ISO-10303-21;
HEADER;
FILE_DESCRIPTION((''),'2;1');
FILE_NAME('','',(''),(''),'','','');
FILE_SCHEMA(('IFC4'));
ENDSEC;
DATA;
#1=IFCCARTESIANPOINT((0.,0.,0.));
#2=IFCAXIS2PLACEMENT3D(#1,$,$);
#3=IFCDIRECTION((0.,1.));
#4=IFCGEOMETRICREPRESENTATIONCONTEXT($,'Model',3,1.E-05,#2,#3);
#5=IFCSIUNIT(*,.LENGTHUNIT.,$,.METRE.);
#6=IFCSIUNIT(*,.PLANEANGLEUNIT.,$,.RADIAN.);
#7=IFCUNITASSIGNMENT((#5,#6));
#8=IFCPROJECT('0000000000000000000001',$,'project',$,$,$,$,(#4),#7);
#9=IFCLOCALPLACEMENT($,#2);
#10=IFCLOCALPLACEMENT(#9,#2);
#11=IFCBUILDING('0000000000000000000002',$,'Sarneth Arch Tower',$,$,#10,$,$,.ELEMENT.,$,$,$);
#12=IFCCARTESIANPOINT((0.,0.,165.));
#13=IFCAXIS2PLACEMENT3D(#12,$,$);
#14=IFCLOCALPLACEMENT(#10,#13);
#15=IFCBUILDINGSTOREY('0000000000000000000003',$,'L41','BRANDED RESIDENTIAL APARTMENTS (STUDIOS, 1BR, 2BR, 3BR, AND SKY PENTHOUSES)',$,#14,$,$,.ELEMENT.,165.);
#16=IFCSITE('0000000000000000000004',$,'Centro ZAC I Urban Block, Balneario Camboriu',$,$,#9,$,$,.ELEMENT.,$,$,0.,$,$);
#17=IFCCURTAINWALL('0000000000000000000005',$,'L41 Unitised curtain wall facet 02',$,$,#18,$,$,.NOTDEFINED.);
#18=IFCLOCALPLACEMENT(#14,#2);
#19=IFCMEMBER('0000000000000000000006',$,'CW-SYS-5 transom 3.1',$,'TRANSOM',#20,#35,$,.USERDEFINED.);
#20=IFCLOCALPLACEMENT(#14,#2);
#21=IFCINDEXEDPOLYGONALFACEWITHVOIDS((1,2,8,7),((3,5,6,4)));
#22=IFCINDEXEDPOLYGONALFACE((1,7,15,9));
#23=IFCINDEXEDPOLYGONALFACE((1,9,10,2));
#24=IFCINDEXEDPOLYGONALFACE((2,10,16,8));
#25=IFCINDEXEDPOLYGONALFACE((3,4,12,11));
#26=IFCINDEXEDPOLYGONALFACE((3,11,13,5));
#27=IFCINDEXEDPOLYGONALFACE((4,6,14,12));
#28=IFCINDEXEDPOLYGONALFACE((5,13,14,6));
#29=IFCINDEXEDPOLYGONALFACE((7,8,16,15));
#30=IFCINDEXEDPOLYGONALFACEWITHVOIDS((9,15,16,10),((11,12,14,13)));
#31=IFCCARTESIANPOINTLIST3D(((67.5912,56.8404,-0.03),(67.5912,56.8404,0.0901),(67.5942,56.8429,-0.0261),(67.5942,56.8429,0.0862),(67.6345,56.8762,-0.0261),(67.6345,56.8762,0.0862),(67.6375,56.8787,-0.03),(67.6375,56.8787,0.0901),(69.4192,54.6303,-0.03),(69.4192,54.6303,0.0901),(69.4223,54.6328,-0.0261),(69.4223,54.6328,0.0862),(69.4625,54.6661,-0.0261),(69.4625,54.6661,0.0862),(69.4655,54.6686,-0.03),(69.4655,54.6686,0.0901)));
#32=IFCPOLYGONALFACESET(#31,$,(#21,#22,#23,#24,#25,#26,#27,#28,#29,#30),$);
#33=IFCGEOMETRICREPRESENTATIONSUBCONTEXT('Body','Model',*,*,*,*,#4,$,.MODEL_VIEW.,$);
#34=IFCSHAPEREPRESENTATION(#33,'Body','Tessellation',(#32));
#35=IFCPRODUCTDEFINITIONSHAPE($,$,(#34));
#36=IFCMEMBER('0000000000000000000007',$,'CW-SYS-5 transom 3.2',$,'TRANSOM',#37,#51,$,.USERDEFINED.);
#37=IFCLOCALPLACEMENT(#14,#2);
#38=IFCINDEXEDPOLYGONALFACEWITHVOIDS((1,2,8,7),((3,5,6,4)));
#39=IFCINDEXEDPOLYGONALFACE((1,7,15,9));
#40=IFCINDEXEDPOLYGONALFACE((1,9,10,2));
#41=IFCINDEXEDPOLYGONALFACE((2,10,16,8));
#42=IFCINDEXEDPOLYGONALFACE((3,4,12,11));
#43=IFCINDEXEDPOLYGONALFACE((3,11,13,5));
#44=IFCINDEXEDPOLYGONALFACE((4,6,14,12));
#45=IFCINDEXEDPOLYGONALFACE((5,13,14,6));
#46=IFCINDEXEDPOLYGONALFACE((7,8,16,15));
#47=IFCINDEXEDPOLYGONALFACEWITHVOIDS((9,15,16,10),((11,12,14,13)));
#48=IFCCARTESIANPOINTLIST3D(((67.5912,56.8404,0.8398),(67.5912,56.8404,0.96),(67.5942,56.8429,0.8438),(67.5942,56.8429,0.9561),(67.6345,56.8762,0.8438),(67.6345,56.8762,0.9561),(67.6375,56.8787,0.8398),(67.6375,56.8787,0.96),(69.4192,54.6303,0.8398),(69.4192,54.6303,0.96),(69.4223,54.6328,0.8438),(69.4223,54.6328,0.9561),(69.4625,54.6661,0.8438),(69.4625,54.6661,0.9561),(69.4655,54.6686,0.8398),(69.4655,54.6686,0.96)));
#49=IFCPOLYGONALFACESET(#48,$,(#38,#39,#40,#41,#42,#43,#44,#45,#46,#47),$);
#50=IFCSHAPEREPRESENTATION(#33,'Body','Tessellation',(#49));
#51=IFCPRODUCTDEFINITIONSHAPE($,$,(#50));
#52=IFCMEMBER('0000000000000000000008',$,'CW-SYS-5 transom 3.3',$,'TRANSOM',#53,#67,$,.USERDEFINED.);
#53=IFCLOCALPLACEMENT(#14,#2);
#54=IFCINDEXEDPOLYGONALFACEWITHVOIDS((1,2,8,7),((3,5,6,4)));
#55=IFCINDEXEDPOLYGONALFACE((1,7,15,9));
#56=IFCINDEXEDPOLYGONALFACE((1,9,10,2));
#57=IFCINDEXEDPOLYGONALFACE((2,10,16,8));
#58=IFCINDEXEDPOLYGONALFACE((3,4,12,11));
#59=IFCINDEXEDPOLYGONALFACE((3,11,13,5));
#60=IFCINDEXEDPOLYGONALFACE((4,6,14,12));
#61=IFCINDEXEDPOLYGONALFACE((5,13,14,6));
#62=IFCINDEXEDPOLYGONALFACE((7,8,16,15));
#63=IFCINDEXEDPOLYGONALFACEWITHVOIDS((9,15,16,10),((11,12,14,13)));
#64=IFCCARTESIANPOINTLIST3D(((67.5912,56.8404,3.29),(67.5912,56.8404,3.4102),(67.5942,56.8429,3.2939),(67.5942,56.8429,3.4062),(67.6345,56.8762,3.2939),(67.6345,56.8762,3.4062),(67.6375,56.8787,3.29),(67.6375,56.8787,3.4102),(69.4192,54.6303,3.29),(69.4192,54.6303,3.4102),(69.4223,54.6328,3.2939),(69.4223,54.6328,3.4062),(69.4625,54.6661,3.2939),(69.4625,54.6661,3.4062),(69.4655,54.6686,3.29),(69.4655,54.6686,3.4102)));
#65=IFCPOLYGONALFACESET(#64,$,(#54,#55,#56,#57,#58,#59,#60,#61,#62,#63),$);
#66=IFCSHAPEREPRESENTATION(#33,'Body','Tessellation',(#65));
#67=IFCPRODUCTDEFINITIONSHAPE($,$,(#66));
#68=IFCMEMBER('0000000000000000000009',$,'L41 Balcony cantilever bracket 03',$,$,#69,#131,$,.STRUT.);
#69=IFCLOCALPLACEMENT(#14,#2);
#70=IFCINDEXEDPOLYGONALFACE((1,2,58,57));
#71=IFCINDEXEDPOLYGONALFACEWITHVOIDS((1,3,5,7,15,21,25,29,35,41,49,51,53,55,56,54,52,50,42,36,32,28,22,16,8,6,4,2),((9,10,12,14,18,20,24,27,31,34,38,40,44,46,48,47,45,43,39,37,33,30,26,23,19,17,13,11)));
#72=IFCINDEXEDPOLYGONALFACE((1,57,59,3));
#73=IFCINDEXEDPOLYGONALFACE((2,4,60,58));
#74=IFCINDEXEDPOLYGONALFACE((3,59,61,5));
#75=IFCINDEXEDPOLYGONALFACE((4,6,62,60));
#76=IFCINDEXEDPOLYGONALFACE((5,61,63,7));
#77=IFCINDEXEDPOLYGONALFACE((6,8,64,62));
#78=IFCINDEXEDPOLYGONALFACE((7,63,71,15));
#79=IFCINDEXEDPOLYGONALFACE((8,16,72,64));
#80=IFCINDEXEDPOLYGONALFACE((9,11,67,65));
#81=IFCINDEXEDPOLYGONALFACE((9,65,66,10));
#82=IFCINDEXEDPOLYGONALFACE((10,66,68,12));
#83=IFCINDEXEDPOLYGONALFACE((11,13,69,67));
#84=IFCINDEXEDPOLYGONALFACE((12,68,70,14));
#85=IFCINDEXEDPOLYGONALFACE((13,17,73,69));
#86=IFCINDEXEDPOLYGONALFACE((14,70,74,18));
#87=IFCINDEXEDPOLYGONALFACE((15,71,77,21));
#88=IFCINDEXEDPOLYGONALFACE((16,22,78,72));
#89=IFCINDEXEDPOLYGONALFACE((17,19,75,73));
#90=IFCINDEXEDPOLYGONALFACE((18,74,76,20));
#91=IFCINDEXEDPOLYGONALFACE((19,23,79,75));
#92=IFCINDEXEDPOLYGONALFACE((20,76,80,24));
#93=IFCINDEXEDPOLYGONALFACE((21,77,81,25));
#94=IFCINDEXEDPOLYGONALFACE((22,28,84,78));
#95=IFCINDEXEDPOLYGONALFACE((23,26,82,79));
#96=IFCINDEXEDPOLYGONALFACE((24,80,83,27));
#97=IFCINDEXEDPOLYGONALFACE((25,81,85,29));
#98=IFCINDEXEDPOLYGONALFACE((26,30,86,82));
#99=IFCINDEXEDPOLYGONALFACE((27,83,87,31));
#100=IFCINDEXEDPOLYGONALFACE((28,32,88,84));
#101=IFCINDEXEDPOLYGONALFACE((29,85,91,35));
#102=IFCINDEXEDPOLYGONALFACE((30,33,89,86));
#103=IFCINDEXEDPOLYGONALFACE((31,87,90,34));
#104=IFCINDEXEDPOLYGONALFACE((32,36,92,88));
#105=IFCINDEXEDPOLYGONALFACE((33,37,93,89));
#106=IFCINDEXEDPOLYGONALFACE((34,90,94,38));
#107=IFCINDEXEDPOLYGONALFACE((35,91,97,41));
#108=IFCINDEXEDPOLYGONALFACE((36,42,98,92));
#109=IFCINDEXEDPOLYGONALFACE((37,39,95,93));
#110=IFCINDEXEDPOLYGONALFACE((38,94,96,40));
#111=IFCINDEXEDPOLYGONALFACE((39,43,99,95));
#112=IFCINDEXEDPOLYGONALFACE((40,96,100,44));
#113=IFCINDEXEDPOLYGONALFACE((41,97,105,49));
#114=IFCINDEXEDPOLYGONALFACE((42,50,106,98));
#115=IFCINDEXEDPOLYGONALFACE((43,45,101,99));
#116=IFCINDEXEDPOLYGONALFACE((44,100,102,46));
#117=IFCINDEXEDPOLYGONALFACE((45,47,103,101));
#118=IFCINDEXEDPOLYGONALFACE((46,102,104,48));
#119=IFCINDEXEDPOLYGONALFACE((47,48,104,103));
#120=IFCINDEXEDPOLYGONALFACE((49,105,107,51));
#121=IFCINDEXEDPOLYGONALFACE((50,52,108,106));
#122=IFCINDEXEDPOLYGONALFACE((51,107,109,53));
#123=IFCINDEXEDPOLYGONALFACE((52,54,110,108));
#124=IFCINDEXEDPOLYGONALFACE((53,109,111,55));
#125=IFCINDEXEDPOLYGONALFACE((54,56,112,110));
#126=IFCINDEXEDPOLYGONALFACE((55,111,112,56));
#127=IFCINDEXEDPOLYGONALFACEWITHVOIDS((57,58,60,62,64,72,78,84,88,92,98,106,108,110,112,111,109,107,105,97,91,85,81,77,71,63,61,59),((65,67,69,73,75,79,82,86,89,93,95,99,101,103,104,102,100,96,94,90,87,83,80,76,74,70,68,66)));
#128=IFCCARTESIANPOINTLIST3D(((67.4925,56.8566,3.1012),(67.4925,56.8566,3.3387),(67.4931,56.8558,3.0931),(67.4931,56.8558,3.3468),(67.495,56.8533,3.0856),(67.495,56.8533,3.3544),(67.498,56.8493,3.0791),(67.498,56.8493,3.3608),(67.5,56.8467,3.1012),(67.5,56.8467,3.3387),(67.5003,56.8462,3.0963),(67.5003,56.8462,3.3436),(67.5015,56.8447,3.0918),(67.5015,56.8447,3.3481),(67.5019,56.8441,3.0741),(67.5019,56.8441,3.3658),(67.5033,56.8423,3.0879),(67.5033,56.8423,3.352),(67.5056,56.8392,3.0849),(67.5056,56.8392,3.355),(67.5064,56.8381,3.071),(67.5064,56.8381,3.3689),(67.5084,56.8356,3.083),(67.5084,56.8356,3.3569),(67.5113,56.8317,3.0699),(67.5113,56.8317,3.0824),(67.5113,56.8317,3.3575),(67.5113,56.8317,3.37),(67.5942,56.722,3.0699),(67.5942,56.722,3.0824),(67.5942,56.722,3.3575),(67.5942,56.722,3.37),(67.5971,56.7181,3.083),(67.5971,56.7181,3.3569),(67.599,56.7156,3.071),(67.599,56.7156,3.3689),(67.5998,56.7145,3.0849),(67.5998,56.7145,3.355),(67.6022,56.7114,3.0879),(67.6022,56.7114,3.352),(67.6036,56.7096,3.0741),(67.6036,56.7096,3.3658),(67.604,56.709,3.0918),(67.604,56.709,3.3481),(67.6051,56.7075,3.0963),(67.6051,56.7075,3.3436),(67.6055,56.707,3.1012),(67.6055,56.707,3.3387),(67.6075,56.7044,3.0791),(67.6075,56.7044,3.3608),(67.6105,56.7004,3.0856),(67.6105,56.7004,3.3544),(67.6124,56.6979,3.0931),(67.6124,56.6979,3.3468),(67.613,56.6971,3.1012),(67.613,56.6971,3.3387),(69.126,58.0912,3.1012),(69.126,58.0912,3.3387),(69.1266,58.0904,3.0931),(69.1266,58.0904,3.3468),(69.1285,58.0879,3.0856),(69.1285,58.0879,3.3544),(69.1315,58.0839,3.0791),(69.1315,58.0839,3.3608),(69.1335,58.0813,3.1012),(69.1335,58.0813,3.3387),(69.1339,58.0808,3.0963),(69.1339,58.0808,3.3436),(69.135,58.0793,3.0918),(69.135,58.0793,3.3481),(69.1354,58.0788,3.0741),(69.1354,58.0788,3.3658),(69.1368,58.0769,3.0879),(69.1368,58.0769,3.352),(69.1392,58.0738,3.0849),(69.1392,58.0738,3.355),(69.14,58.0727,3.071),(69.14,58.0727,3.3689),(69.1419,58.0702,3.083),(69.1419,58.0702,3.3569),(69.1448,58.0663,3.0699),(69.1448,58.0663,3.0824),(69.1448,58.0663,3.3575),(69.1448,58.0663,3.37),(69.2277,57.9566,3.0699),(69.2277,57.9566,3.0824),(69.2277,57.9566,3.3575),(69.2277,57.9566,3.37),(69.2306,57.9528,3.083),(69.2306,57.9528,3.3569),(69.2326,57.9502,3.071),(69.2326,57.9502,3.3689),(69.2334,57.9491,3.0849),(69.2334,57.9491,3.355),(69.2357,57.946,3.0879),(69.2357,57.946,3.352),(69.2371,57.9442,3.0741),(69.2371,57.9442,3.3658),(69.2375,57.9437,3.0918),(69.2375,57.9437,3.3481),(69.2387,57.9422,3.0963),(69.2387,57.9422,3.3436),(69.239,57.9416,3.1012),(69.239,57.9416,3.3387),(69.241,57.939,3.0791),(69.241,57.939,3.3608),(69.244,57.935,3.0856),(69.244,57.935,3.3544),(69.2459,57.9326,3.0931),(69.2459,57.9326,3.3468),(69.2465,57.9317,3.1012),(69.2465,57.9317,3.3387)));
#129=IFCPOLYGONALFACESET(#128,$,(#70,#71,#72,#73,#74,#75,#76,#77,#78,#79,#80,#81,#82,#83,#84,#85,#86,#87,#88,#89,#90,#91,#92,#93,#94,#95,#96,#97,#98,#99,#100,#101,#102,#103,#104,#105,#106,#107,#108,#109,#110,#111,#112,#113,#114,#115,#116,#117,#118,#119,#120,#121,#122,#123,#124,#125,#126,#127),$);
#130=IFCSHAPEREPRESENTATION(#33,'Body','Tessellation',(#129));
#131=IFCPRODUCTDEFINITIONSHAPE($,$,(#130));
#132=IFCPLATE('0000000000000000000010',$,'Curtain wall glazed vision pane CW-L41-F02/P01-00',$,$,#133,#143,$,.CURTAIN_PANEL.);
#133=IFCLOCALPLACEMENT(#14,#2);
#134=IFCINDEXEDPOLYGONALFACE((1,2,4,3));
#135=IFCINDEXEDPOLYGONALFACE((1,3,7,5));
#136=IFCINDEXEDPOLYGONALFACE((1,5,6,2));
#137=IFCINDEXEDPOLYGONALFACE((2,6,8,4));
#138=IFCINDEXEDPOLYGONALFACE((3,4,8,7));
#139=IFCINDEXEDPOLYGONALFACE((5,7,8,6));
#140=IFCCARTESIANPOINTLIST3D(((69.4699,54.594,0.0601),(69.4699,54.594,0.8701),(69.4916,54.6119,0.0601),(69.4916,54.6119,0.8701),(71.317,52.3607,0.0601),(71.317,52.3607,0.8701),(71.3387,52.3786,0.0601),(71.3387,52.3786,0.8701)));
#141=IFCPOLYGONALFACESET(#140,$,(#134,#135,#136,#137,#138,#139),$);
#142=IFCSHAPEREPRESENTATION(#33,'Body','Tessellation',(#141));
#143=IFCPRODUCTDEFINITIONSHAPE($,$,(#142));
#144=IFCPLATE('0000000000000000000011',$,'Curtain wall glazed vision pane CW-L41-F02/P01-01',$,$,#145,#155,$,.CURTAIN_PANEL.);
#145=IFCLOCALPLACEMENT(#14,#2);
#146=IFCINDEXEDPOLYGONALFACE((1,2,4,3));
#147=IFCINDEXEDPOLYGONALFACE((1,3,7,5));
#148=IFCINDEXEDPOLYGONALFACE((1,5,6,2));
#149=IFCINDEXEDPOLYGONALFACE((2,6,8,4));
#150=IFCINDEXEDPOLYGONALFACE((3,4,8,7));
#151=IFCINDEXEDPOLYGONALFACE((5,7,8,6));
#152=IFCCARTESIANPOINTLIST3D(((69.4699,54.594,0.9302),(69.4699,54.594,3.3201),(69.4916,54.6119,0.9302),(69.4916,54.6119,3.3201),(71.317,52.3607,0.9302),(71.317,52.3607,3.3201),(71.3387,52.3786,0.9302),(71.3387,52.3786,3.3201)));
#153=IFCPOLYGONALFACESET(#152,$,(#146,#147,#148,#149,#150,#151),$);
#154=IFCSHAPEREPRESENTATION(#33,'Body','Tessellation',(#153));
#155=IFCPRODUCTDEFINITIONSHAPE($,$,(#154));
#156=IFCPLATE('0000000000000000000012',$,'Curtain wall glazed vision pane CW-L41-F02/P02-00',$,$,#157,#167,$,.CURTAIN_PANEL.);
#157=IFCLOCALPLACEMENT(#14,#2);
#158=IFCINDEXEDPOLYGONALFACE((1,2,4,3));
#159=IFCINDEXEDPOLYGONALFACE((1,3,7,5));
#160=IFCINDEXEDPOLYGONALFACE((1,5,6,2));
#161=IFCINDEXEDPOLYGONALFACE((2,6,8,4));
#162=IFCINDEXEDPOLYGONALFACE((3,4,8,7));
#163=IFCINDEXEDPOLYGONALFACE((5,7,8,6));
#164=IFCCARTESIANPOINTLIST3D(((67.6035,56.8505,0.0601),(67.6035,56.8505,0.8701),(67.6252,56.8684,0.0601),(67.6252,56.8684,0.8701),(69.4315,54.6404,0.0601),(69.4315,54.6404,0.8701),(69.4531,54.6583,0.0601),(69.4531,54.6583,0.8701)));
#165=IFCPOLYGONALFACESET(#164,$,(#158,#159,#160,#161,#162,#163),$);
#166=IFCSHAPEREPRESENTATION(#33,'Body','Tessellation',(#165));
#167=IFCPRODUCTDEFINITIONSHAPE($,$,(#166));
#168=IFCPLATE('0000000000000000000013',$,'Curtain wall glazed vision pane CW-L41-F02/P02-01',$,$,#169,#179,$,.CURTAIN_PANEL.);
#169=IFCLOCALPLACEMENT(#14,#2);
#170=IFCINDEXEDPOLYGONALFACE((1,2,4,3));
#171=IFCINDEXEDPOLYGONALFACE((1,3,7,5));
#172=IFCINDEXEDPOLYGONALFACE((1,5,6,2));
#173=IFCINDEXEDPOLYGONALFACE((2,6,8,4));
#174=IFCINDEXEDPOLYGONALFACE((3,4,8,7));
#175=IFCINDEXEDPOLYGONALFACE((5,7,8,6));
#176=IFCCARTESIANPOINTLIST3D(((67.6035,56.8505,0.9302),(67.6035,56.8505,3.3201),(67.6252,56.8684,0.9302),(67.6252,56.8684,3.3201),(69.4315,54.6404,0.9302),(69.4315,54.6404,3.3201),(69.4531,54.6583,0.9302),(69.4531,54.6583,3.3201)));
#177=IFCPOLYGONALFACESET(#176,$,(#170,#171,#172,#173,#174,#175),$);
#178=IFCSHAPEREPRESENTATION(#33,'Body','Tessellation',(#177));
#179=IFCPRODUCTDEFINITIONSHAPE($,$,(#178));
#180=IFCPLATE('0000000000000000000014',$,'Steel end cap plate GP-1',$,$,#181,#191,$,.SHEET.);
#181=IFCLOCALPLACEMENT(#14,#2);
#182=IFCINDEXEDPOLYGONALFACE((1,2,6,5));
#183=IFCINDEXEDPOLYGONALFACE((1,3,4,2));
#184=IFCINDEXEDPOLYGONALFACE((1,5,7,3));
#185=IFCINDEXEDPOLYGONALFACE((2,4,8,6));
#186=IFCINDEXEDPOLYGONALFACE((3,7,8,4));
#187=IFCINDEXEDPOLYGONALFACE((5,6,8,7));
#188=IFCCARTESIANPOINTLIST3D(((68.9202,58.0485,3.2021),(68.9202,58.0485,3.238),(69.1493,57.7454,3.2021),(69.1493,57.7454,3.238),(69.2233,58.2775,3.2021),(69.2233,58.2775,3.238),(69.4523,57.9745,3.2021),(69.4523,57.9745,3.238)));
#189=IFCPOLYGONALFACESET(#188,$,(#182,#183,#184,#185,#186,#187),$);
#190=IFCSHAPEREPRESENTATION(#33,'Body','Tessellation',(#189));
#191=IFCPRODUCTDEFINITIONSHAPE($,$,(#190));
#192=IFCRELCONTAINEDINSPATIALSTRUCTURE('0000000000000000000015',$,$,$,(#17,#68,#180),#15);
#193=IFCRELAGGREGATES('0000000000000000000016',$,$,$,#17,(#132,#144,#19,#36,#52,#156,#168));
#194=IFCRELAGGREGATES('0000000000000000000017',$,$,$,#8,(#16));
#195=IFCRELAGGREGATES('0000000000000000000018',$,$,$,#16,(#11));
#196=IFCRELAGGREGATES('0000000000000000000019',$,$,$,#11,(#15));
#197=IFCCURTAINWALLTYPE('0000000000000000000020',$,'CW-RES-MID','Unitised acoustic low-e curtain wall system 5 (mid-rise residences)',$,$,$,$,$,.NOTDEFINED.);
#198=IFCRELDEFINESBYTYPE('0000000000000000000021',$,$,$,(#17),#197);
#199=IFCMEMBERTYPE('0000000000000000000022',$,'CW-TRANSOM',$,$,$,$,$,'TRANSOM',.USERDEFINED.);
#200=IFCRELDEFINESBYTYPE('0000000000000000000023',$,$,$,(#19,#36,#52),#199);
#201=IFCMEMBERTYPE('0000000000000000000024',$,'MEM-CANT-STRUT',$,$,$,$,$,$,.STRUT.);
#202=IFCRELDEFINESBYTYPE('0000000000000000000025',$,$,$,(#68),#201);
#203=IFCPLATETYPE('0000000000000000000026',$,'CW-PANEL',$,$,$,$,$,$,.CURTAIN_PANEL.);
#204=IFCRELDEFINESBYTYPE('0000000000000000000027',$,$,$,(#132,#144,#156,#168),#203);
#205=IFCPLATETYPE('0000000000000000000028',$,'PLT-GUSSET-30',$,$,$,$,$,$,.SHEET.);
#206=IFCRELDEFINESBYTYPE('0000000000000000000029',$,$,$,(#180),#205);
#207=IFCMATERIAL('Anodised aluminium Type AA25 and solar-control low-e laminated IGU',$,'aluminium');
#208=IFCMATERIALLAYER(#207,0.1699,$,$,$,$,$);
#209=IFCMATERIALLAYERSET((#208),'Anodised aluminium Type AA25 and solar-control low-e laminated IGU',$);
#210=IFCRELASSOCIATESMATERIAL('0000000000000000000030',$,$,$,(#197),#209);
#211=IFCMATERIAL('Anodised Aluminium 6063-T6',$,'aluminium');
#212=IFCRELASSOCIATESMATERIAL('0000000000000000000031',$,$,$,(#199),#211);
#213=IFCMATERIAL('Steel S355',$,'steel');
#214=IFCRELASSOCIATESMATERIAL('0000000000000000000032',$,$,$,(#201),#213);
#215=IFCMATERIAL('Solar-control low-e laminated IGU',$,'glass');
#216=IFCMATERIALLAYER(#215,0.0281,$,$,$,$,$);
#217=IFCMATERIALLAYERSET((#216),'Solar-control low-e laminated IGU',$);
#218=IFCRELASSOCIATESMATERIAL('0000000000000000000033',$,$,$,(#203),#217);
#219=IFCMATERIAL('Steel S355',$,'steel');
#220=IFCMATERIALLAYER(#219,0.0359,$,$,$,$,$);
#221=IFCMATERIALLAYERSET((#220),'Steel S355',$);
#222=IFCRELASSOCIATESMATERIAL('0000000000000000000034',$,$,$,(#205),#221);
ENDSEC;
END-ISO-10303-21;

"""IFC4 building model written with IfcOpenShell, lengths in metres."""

from ifc_helpers import new_model, si_unit, direction, frame, origin, origin_2d, place, context, subcontext, project, spatial, rectangle, hollow_rectangle, extrude, material, layer, layer_set, material_profile, profile_set, type_object, element, aggregate, save


model = new_model("IFC4")

# Units and contexts
model_context = context("Model", 3, precision=1e-05, world=origin(), true_north=direction((0.0, 1.0)))
body_context = subcontext(model_context, "Body", "Model", "MODEL_VIEW")
ifc_project = project(units=[si_unit("LENGTHUNIT", "METRE"), si_unit("PLANEANGLEUNIT", "RADIAN")], contexts=[model_context])

# Site, building, storey
site_placement = place(None, origin())
site = spatial("IfcSite", under=ifc_project, at=site_placement, Name="Centro ZAC I Urban Block, Balneario Camboriu", CompositionType="ELEMENT", RefElevation=0.0)
building_placement = place(site_placement, origin())
building = spatial("IfcBuilding", under=site, at=building_placement, Name="Sarneth Arch Tower", CompositionType="ELEMENT")
storey_placement = place(building_placement, frame((0.0, 0.0, 165.0)))
storey = spatial("IfcBuildingStorey", under=building, at=storey_placement, Name="L41", Description="BRANDED RESIDENTIAL APARTMENTS (STUDIOS, 1BR, 2BR, 3BR, AND SKY PENTHOUSES)", CompositionType="ELEMENT", Elevation=165.0)

# Curtain wall, members
ifc_material_1 = material(Name="Anodised aluminium Type AA25 and solar-control low-e laminated IGU", Category="aluminium")
ifc_layer_1 = layer(ifc_material_1, 0.1699)
ifc_layer_set_1 = layer_set([ifc_layer_1], Name="Anodised aluminium Type AA25 and solar-control low-e laminated IGU")
curtain_wall_type = type_object("IfcCurtainWallType", Name="CW-RES-MID", Description="Unitised acoustic low-e curtain wall system 5 (mid-rise residences)", PredefinedType="NOTDEFINED", material=ifc_layer_set_1)
curtain_wall_placement = place(storey_placement, origin())
curtain_wall = element("IfcCurtainWall", 1, at=curtain_wall_placement, inside=storey, type_object=curtain_wall_type, Name="L41 Unitised curtain wall facet 02", PredefinedType="NOTDEFINED")
ifc_material_2 = material(Name="Anodised Aluminium 6063-T6", Category="aluminium")
ifc_material_profile_1 = material_profile(ifc_material_2, hollow_rectangle(XDim=0.0601, YDim=0.1201, WallThickness=0.0039, at=origin_2d()), Name="AL-TRAN-120x60x4")
ifc_profile_set_1 = profile_set([ifc_material_profile_1], Name="Anodised Aluminium 6063-T6")
member_type_1 = type_object("IfcMemberType", Name="CW-TRANSOM", ElementType="TRANSOM", PredefinedType="USERDEFINED", material=ifc_profile_set_1)
member_1_placement = place(storey_placement, frame((69.4424, 54.6494, 0.03), z_axis=(-0.637359, 0.770567, 0.0), x_axis=(-0.770567, -0.637359, 0.0)))
member_1 = element("IfcMember", 2, at=member_1_placement, type_object=member_type_1, Name="CW-SYS-5 transom 3.1", ObjectType="TRANSOM", PredefinedType="USERDEFINED", context=body_context, shape_type="SweptSolid", body=[
    extrude(hollow_rectangle(XDim=0.0601, YDim=0.1201, WallThickness=0.0039, at=origin_2d()), origin(), (0.0, 0.0, 1.0), 2.8682),
])
member_2_placement = place(storey_placement, frame((69.4424, 54.6494, 0.8999), z_axis=(-0.637359, 0.770567, 0.0), x_axis=(-0.770567, -0.637359, 0.0)))
member_2 = element("IfcMember", 3, at=member_2_placement, type_object=member_type_1, Name="CW-SYS-5 transom 3.2", ObjectType="TRANSOM", PredefinedType="USERDEFINED", context=body_context, shape_type="SweptSolid", body=[
    extrude(hollow_rectangle(XDim=0.0601, YDim=0.1201, WallThickness=0.0039, at=origin_2d()), origin(), (0.0, 0.0, 1.0), 2.8682),
])
member_3_placement = place(storey_placement, frame((69.4424, 54.6494, 3.3501), z_axis=(-0.637359, 0.770567, 0.0), x_axis=(-0.770567, -0.637359, 0.0)))
member_3 = element("IfcMember", 4, at=member_3_placement, type_object=member_type_1, Name="CW-SYS-5 transom 3.3", ObjectType="TRANSOM", PredefinedType="USERDEFINED", context=body_context, shape_type="SweptSolid", body=[
    extrude(hollow_rectangle(XDim=0.0601, YDim=0.1201, WallThickness=0.0039, at=origin_2d()), origin(), (0.0, 0.0, 1.0), 2.8682),
])

# Member
ifc_material_3 = material(Name="Steel S355", Category="steel")
ifc_material_profile_2 = material_profile(ifc_material_3, hollow_rectangle(XDim=0.2, YDim=0.3, WallThickness=0.0125, InnerFilletRadius=0.0188, OuterFilletRadius=0.0312, at=origin_2d()), Name="RHS300x200x12.5")
ifc_profile_set_2 = profile_set([ifc_material_profile_2], Name="Steel S355")
member_type_2 = type_object("IfcMemberType", Name="MEM-CANT-STRUT", PredefinedType="STRUT", material=ifc_profile_set_2)
member_4_placement = place(storey_placement, frame((67.5527, 56.7769, 3.22), z_axis=(0.797777, 0.602953, 0.0), x_axis=(-0.602953, 0.797777, 0.0)))
element("IfcMember", 5, at=member_4_placement, inside=storey, type_object=member_type_2, Name="L41 Balcony cantilever bracket 03", PredefinedType="STRUT", context=body_context, shape_type="SweptSolid", body=[
    extrude(hollow_rectangle(XDim=0.2, YDim=0.3, WallThickness=0.0125, InnerFilletRadius=0.0188, OuterFilletRadius=0.0312, at=origin_2d()), origin(), (0.0, 0.0, 1.0), 2.0476),
])

# Plates
ifc_material_4 = material(Name="Solar-control low-e laminated IGU", Category="glass")
ifc_layer_2 = layer(ifc_material_4, 0.0281)
ifc_layer_set_2 = layer_set([ifc_layer_2], Name="Solar-control low-e laminated IGU")
plate_type_1 = type_object("IfcPlateType", Name="CW-PANEL", PredefinedType="CURTAIN_PANEL", material=ifc_layer_set_2)
plate_1_placement = place(storey_placement, frame((70.4043, 53.4863, 0.0601), z_axis=(0.0, 0.0, 1.0), x_axis=(-0.63733, 0.770591, 0.0)))
plate_1 = element("IfcPlate", 6, at=plate_1_placement, type_object=plate_type_1, Name="Curtain wall glazed vision pane CW-L41-F02/P01-00", PredefinedType="CURTAIN_PANEL", context=body_context, shape_type="SweptSolid", body=[
    extrude(rectangle(XDim=2.8982, YDim=0.0281, at=origin_2d()), origin(), (0.0, 0.0, 1.0), 0.8101),
])
plate_2_placement = place(storey_placement, frame((70.4043, 53.4863, 0.9302), z_axis=(0.0, 0.0, 1.0), x_axis=(-0.63733, 0.770591, 0.0)))
plate_2 = element("IfcPlate", 7, at=plate_2_placement, type_object=plate_type_1, Name="Curtain wall glazed vision pane CW-L41-F02/P01-01", PredefinedType="CURTAIN_PANEL", context=body_context, shape_type="SweptSolid", body=[
    extrude(rectangle(XDim=2.8982, YDim=0.0281, at=origin_2d()), origin(), (0.0, 0.0, 1.0), 2.3899),
])
plate_3_placement = place(storey_placement, frame((68.5283, 55.7544, 0.0601), z_axis=(0.0, 0.0, 1.0), x_axis=(-0.63733, 0.770591, 0.0)))
plate_3 = element("IfcPlate", 8, at=plate_3_placement, type_object=plate_type_1, Name="Curtain wall glazed vision pane CW-L41-F02/P02-00", PredefinedType="CURTAIN_PANEL", context=body_context, shape_type="SweptSolid", body=[
    extrude(rectangle(XDim=2.8682, YDim=0.0281, at=origin_2d()), origin(), (0.0, 0.0, 1.0), 0.8101),
])
plate_4_placement = place(storey_placement, frame((68.5283, 55.7544, 0.9302), z_axis=(0.0, 0.0, 1.0), x_axis=(-0.63733, 0.770591, 0.0)))
plate_4 = element("IfcPlate", 9, at=plate_4_placement, type_object=plate_type_1, Name="Curtain wall glazed vision pane CW-L41-F02/P02-01", PredefinedType="CURTAIN_PANEL", context=body_context, shape_type="SweptSolid", body=[
    extrude(rectangle(XDim=2.8682, YDim=0.0281, at=origin_2d()), origin(), (0.0, 0.0, 1.0), 2.3899),
])
aggregate(curtain_wall, [plate_1, plate_2, member_1, member_2, member_3, plate_3, plate_4])

# Plate
ifc_material_5 = material(Name="Steel S355", Category="steel")
ifc_layer_3 = layer(ifc_material_5, 0.0359)
ifc_layer_set_3 = layer_set([ifc_layer_3], Name="Steel S355")
plate_type_2 = type_object("IfcPlateType", Name="PLT-GUSSET-30", PredefinedType="SHEET", material=ifc_layer_set_3)
plate_5_placement = place(storey_placement, frame((69.1863, 58.0115, 3.2021), z_axis=(0.0, 0.0, 1.0), x_axis=(0.797794, 0.60293, 0.0)))
element("IfcPlate", 10, at=plate_5_placement, inside=storey, type_object=plate_type_2, Name="Steel end cap plate GP-1", PredefinedType="SHEET", context=body_context, shape_type="SweptSolid", body=[
    extrude(rectangle(XDim=0.3799, YDim=0.3799, at=origin_2d()), origin(), (0.0, 0.0, 1.0), 0.0359),
])

save(model, "model.ifc")
